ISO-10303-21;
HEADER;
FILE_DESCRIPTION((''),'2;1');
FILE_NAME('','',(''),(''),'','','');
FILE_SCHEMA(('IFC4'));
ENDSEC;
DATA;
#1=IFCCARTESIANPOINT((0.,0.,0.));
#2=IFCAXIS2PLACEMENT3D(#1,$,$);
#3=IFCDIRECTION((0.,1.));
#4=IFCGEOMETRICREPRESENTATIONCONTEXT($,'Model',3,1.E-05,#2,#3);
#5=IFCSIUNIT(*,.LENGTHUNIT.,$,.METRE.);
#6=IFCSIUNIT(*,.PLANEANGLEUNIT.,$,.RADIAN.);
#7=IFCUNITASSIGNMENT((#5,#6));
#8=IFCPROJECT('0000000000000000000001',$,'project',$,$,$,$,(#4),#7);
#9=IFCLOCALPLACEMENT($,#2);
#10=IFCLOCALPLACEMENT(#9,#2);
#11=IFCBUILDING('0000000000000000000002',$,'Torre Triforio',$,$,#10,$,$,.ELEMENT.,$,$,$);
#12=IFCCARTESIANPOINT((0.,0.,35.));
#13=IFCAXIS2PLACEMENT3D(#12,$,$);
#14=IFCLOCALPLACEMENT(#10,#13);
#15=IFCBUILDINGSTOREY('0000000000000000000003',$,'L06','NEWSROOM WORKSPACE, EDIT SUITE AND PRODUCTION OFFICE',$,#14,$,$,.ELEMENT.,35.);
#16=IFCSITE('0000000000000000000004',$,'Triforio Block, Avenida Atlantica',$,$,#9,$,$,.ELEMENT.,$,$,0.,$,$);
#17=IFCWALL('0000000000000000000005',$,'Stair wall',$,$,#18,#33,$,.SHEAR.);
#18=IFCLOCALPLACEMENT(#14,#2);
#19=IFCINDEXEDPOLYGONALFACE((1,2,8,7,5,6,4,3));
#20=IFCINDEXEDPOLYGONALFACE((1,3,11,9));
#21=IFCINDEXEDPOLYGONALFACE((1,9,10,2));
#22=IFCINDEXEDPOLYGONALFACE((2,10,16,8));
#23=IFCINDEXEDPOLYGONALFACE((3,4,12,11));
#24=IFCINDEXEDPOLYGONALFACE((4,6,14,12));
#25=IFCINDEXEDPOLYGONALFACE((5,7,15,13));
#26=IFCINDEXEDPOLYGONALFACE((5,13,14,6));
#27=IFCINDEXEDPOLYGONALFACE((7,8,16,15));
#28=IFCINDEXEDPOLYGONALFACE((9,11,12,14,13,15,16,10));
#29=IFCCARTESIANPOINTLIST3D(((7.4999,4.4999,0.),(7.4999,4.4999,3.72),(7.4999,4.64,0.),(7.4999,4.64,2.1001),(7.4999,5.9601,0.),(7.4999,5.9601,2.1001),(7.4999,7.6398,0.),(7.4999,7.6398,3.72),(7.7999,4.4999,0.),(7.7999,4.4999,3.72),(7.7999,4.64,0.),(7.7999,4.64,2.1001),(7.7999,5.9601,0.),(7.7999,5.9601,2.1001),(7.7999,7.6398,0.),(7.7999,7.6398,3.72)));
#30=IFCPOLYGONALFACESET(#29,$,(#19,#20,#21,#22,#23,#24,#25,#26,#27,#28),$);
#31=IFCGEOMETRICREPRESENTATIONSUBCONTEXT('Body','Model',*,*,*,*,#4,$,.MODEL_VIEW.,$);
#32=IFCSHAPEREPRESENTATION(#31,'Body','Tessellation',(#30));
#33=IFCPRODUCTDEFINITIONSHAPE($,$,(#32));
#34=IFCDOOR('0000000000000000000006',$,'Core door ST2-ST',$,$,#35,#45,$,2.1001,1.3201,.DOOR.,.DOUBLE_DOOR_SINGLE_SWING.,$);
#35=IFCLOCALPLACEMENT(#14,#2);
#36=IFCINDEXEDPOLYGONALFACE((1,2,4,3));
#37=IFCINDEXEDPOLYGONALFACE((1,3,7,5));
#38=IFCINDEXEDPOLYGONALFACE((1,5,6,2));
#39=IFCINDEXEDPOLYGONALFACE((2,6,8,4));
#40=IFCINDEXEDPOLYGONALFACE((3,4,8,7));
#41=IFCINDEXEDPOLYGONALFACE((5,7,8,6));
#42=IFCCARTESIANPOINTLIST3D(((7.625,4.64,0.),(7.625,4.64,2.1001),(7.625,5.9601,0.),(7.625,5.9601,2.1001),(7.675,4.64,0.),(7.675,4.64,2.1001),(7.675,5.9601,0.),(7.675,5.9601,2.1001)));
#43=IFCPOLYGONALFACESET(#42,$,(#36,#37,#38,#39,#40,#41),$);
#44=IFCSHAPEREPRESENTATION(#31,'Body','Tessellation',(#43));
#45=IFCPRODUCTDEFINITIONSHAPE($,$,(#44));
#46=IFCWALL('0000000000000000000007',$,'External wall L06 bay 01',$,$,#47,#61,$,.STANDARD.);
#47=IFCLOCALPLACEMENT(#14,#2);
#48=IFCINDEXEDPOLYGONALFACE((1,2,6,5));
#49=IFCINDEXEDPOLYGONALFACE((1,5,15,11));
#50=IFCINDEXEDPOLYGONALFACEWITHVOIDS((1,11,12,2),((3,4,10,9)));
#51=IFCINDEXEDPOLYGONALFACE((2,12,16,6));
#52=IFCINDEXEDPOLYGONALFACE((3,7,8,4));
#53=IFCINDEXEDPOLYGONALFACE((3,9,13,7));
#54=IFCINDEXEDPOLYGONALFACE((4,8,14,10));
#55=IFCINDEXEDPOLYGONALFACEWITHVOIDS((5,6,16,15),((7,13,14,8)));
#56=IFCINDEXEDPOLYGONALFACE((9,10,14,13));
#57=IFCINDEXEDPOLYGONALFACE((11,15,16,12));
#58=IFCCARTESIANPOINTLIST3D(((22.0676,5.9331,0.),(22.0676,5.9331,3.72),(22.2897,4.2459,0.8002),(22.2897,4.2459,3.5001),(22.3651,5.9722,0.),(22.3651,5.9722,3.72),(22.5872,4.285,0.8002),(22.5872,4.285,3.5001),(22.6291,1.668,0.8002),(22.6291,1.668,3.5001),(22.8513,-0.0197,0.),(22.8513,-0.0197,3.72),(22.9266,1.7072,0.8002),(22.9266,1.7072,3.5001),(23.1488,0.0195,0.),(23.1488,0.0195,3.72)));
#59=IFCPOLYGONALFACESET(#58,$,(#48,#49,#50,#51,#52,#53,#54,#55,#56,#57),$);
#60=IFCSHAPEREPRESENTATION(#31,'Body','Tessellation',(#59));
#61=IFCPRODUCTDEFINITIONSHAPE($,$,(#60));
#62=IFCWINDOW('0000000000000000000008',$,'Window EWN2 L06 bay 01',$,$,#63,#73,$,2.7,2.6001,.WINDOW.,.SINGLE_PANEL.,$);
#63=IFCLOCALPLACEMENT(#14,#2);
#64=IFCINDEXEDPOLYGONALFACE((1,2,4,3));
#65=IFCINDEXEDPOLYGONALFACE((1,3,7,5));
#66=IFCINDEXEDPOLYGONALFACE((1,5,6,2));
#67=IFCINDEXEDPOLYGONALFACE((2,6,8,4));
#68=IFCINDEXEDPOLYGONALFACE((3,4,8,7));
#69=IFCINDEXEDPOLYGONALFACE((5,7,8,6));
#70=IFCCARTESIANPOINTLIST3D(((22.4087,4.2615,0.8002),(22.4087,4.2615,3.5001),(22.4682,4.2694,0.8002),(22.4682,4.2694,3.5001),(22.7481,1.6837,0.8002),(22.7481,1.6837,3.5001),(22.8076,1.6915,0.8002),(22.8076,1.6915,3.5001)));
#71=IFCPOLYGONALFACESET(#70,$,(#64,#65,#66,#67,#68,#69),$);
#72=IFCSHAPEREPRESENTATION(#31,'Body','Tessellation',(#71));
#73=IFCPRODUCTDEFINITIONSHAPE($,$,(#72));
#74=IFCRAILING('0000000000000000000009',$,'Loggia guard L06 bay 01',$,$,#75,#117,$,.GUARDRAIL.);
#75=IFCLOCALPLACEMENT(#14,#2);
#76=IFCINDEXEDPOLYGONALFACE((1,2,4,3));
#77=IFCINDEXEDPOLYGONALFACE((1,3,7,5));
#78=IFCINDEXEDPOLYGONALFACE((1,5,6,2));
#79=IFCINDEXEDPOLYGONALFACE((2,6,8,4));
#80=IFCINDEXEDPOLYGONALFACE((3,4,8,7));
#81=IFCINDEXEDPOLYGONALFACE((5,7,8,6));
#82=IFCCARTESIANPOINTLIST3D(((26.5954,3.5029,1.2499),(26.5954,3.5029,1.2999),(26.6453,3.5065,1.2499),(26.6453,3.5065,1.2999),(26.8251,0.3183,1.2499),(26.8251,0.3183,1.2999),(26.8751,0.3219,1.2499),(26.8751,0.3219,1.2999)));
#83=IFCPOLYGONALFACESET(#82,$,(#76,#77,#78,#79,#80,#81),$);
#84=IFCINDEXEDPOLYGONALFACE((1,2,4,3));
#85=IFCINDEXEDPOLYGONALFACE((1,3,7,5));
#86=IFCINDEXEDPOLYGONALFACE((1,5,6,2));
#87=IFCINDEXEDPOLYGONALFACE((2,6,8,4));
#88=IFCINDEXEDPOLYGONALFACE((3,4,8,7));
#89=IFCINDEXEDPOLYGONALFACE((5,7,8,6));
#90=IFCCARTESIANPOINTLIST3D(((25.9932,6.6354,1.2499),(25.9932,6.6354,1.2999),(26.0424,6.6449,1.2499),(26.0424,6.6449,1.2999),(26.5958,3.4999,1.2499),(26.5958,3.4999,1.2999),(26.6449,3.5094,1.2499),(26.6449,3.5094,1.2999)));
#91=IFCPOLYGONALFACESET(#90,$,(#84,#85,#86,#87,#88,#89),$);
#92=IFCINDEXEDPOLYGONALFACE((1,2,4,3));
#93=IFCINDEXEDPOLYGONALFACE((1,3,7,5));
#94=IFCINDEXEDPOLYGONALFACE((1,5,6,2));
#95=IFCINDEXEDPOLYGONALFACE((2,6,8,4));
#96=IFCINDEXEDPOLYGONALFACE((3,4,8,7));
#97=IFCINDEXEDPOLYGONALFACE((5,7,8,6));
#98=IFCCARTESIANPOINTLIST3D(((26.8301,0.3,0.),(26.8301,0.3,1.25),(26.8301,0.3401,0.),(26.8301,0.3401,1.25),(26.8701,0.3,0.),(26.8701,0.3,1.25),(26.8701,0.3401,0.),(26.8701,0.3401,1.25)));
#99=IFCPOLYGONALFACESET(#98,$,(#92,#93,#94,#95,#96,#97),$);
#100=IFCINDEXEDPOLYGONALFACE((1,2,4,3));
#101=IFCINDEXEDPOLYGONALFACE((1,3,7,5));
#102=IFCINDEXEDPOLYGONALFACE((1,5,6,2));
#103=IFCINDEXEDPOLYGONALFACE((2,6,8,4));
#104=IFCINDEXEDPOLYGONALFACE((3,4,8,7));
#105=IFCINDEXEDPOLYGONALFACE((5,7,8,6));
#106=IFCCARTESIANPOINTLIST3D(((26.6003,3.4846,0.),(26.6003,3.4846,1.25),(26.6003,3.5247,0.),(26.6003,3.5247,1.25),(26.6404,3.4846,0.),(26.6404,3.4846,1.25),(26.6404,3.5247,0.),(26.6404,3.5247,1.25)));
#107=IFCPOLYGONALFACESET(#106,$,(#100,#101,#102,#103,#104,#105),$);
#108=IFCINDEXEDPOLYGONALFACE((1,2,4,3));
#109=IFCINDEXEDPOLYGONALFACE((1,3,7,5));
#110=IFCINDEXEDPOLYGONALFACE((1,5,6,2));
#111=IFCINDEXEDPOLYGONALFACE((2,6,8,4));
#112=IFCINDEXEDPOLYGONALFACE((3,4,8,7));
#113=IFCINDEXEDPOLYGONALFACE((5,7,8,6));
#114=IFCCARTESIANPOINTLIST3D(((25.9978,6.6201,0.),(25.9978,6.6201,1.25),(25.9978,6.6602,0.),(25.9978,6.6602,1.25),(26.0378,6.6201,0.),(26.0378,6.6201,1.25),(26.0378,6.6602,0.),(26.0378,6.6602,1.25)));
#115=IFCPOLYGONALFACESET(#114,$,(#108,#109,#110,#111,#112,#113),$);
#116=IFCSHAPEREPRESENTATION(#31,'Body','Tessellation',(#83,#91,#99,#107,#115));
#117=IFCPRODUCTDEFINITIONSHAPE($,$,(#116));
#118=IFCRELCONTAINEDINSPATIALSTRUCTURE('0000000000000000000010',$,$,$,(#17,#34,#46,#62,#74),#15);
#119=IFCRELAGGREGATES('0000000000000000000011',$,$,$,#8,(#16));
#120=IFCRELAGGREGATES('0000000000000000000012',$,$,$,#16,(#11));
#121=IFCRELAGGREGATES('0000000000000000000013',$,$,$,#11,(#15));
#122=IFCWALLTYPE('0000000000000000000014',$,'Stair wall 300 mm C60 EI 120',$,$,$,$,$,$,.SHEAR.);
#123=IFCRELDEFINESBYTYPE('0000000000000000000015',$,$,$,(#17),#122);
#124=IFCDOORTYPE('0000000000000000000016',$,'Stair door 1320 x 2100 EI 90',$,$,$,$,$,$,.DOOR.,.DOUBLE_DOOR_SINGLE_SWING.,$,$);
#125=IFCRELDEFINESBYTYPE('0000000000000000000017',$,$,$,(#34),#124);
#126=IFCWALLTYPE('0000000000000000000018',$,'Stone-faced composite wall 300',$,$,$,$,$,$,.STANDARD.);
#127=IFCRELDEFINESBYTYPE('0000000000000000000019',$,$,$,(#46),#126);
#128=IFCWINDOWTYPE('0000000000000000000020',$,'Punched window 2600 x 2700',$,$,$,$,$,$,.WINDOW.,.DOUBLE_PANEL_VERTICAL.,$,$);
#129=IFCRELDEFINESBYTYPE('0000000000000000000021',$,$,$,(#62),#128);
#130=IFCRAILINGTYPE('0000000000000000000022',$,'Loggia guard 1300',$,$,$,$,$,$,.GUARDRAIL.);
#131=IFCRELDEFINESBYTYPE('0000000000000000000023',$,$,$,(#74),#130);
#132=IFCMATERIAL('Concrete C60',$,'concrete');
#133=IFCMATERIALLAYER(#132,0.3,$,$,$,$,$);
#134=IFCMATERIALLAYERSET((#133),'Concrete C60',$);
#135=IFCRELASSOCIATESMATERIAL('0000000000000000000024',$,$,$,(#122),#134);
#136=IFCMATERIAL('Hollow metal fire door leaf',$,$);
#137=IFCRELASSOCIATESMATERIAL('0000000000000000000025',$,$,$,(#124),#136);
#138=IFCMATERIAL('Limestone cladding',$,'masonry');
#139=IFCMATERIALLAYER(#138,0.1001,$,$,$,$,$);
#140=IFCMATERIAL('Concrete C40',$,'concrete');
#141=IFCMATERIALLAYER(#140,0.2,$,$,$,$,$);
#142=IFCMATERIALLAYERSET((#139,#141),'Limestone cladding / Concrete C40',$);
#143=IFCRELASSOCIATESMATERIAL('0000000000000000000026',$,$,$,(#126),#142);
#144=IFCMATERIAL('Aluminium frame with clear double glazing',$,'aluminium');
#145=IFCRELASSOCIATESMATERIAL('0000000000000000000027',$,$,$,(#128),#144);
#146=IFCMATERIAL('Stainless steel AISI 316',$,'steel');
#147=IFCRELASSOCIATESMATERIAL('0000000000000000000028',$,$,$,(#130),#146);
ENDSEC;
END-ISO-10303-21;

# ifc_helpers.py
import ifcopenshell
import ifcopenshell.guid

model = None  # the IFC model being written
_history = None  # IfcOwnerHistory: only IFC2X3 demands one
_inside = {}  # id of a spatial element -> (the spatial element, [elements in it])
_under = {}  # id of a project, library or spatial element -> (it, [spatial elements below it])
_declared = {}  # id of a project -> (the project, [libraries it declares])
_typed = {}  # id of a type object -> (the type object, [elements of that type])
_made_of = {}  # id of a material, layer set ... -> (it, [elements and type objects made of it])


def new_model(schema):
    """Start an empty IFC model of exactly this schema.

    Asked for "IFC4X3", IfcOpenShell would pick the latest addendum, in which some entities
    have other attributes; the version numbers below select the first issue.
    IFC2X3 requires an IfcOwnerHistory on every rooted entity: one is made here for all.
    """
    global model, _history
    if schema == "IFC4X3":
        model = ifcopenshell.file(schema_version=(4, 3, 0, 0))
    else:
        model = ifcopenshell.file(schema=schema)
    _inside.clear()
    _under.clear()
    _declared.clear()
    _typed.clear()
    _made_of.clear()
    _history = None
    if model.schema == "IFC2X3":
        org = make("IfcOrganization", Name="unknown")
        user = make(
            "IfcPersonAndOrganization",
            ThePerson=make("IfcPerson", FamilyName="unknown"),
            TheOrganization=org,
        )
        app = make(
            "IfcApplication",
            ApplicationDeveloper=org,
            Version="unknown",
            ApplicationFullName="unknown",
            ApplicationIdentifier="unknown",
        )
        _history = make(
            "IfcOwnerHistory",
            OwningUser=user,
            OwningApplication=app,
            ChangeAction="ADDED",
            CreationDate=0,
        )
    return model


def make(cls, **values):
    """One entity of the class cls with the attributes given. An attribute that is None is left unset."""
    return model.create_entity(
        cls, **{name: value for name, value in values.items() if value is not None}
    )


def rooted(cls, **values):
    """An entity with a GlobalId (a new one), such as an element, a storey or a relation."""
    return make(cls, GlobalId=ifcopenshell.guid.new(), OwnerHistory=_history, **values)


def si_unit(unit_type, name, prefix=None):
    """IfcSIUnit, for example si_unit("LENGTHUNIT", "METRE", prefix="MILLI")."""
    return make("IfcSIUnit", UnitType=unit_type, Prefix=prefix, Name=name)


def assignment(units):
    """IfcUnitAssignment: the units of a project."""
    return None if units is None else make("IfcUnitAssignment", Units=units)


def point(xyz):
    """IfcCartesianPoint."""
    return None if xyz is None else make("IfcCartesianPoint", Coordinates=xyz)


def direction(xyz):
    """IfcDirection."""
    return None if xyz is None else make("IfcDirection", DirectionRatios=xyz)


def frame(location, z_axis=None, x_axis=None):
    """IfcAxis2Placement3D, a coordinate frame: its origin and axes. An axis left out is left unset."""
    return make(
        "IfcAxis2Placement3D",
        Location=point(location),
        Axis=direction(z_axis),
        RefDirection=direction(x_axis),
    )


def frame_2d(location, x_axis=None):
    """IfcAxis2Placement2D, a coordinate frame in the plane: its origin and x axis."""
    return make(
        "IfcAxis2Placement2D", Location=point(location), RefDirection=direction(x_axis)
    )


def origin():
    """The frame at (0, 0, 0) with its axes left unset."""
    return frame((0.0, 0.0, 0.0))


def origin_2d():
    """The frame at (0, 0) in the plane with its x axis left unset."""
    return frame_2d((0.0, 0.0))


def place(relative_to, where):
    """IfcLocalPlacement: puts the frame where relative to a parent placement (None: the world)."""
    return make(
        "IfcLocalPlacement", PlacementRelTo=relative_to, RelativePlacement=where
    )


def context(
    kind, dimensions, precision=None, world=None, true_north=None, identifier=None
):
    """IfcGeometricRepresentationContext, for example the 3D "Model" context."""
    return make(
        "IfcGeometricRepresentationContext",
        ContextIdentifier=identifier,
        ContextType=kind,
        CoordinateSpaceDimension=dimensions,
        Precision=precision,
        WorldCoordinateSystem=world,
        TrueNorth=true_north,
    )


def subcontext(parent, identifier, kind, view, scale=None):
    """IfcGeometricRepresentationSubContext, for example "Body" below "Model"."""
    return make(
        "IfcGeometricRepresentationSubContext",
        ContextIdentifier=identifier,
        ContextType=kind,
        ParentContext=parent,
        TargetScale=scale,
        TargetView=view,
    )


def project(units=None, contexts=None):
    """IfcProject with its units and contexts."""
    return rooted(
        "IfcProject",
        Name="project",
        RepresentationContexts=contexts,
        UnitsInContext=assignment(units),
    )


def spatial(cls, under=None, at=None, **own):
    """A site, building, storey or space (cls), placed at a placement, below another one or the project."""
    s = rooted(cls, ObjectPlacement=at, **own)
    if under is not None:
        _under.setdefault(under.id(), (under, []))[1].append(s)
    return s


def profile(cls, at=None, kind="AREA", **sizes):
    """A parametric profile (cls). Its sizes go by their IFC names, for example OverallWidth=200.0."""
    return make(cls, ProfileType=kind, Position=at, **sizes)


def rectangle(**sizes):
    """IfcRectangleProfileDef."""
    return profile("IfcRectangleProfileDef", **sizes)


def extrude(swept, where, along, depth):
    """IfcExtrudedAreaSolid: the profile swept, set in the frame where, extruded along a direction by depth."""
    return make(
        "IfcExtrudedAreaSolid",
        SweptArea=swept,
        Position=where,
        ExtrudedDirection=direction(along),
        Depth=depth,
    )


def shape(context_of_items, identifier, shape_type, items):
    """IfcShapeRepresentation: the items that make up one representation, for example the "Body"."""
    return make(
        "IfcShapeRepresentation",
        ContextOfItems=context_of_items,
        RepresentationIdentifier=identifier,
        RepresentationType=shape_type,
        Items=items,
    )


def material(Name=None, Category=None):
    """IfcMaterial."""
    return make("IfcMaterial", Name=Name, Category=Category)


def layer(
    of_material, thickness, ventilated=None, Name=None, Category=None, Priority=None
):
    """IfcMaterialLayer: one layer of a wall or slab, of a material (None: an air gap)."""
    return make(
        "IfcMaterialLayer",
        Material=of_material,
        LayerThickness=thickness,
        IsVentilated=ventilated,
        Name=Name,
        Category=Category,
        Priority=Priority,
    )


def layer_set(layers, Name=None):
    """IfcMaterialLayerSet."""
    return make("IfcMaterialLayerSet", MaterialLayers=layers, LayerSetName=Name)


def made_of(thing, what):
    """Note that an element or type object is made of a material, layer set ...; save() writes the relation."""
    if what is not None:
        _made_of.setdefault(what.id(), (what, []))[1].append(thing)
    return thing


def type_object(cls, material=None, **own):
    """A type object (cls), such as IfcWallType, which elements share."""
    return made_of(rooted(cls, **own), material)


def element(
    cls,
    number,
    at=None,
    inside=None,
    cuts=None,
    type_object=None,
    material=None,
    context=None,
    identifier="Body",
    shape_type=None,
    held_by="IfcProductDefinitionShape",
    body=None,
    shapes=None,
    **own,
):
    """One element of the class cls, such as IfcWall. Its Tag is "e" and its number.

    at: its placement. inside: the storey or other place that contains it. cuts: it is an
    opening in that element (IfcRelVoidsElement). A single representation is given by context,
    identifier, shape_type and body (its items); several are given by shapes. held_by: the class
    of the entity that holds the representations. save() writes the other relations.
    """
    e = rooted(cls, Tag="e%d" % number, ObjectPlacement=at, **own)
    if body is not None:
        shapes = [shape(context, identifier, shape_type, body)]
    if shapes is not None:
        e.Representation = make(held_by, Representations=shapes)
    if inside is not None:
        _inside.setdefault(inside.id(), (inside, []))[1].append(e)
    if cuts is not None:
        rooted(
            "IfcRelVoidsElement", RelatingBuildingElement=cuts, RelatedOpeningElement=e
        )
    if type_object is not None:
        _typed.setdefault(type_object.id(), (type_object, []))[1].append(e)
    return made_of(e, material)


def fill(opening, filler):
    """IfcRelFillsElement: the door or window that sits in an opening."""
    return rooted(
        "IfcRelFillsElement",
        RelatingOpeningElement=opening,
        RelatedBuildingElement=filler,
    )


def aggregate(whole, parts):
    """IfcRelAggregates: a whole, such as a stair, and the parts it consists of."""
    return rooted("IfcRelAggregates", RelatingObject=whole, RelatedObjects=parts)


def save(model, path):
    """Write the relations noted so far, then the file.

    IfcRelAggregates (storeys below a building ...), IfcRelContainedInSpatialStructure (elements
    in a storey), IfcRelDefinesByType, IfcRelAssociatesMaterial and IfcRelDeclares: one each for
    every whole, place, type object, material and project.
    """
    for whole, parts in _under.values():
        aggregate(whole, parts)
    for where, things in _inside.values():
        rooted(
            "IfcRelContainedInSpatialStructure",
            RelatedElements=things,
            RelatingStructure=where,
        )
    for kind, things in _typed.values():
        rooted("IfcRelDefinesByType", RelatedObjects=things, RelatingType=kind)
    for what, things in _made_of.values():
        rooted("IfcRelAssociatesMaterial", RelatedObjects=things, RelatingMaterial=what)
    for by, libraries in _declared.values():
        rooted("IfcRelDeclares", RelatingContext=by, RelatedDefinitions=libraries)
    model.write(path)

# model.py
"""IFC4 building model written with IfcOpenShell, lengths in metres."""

from ifc_helpers import new_model, si_unit, direction, frame, frame_2d, origin, origin_2d, place, context, subcontext, project, spatial, rectangle, extrude, material, layer, layer_set, type_object, element, fill, save


model = new_model("IFC4")

# Units and contexts
model_context = context("Model", 3, precision=1e-05, world=origin(), true_north=direction((0.0, 1.0)))
body_context = subcontext(model_context, "Body", "Model", "MODEL_VIEW")
ifc_project = project(units=[si_unit("LENGTHUNIT", "METRE"), si_unit("PLANEANGLEUNIT", "RADIAN")], contexts=[model_context])

# Site, building, storey
site_placement = place(None, origin())
site = spatial("IfcSite", under=ifc_project, at=site_placement, Name="Triforio Block, Avenida Atlantica", CompositionType="ELEMENT", RefElevation=0.0)
building_placement = place(site_placement, origin())
building = spatial("IfcBuilding", under=site, at=building_placement, Name="Torre Triforio", CompositionType="ELEMENT")
storey_placement = place(building_placement, frame((0.0, 0.0, 35.0)))
storey = spatial("IfcBuildingStorey", under=building, at=storey_placement, Name="L06", Description="NEWSROOM WORKSPACE, EDIT SUITE AND PRODUCTION OFFICE", CompositionType="ELEMENT", Elevation=35.0)

# Shared definitions
ifc_material_1 = material(Name="Limestone cladding", Category="masonry")
ifc_material_2 = material(Name="Concrete C40", Category="concrete")

# Wall, opening, door
ifc_material_3 = material(Name="Concrete C60", Category="concrete")
ifc_layer_1 = layer(ifc_material_3, 0.3)
ifc_layer_set_1 = layer_set([ifc_layer_1], Name="Concrete C60")
wall_type_1 = type_object("IfcWallType", Name="Stair wall 300 mm C60 EI 120", PredefinedType="SHEAR", material=ifc_layer_set_1)
wall_1_placement = place(storey_placement, frame((7.6499, 4.5, 0.0), z_axis=(0.0, 0.0, 1.0), x_axis=(0.0, 1.0, 0.0)))
wall_1 = element("IfcWall", 1, at=wall_1_placement, inside=storey, type_object=wall_type_1, Name="Stair wall", PredefinedType="SHEAR", context=body_context, shape_type="SweptSolid", body=[
    extrude(rectangle(XDim=3.1399, YDim=0.3, at=frame_2d((1.5698, 0.0))), origin(), (0.0, 0.0, 1.0), 3.72),
])
opening_1_placement = place(wall_1_placement, frame((0.1399, 0.0, 0.0)))
opening_1 = element("IfcOpeningElement", 2, at=opening_1_placement, cuts=wall_1, PredefinedType="OPENING", context=body_context, shape_type="SweptSolid", body=[
    extrude(rectangle(XDim=1.3201, YDim=2.1001, at=frame_2d((0.6602, 1.05))), frame((0.0, 0.1599, 0.0), z_axis=(0.0, -1.0, 0.0), x_axis=(1.0, 0.0, 0.0)), (0.0, 0.0, 1.0), 0.3201),
])
ifc_material_4 = material(Name="Hollow metal fire door leaf")
door_type_1 = type_object("IfcDoorType", Name="Stair door 1320 x 2100 EI 90", OperationType="DOUBLE_DOOR_SINGLE_SWING", PredefinedType="DOOR", material=ifc_material_4)
door_1_placement = place(opening_1_placement, origin())
door_1 = element("IfcDoor", 3, at=door_1_placement, inside=storey, type_object=door_type_1, Name="Core door ST2-ST", OperationType="DOUBLE_DOOR_SINGLE_SWING", OverallHeight=2.1001, OverallWidth=1.3201, PredefinedType="DOOR", context=body_context, shape_type="SweptSolid", body=[
    extrude(rectangle(XDim=1.3201, YDim=2.1001, at=frame_2d((0.6602, 1.05))), frame((0.0, 0.0249, 0.0), z_axis=(0.0, -1.0, 0.0), x_axis=(1.0, 0.0, 0.0)), (0.0, 0.0, 1.0), 0.05),
])
fill(opening_1, door_1)

# Wall, opening, window
ifc_layer_2 = layer(ifc_material_1, 0.1001)
ifc_layer_3 = layer(ifc_material_2, 0.2)
ifc_layer_set_2 = layer_set([ifc_layer_2, ifc_layer_3], Name="Limestone cladding / Concrete C40")
wall_type_2 = type_object("IfcWallType", Name="Stone-faced composite wall 300", PredefinedType="STANDARD", material=ifc_layer_set_2)
wall_2_placement = place(storey_placement, frame((23.0, 0.0, 0.0), z_axis=(0.0, 0.0, 1.0), x_axis=(-0.130523, 0.991445, 0.0)))
wall_2 = element("IfcWall", 4, at=wall_2_placement, inside=storey, type_object=wall_type_2, Name="External wall L06 bay 01", PredefinedType="STANDARD", context=body_context, shape_type="SweptSolid", body=[
    extrude(rectangle(XDim=6.0042, YDim=0.3, at=frame_2d((3.002, 0.0))), origin(), (0.0, 0.0, 1.0), 3.72),
])
opening_2_placement = place(wall_2_placement, frame((1.7021, 0.0, 0.8)))
opening_2 = element("IfcOpeningElement", 5, at=opening_2_placement, cuts=wall_2, PredefinedType="OPENING", context=body_context, shape_type="SweptSolid", body=[
    extrude(rectangle(XDim=2.6001, YDim=2.7, at=frame_2d((1.3, 1.3501))), frame((0.0, 0.1599, 0.0), z_axis=(0.0, -1.0, 0.0), x_axis=(1.0, 0.0, 0.0)), (0.0, 0.0, 1.0), 0.3201),
])
ifc_material_5 = material(Name="Aluminium frame with clear double glazing", Category="aluminium")
window_type_1 = type_object("IfcWindowType", Name="Punched window 2600 x 2700", PartitioningType="DOUBLE_PANEL_VERTICAL", PredefinedType="WINDOW", material=ifc_material_5)
window_1_placement = place(opening_2_placement, origin())
window_1 = element("IfcWindow", 6, at=window_1_placement, inside=storey, type_object=window_type_1, Name="Window EWN2 L06 bay 01", OverallHeight=2.7, OverallWidth=2.6001, PartitioningType="SINGLE_PANEL", PredefinedType="WINDOW", context=body_context, shape_type="SweptSolid", body=[
    extrude(rectangle(XDim=2.6001, YDim=2.7, at=frame_2d((1.3, 1.3501))), frame((0.0, 0.03, 0.0), z_axis=(0.0, -1.0, 0.0), x_axis=(1.0, 0.0, 0.0)), (0.0, 0.0, 1.0), 0.0601),
])
fill(opening_2, window_1)

# Railing
ifc_material_6 = material(Name="Stainless steel AISI 316", Category="steel")
railing_type = type_object("IfcRailingType", Name="Loggia guard 1300", PredefinedType="GUARDRAIL", material=ifc_material_6)
railing_placement = place(storey_placement, frame((26.8501, 0.3201, 0.0)))
element("IfcRailing", 7, at=railing_placement, inside=storey, type_object=railing_type, Name="Loggia guard L06 bay 01", PredefinedType="GUARDRAIL", context=body_context, shape_type="SweptSolid", body=[
    extrude(rectangle(XDim=0.05, YDim=0.05, at=origin_2d()), frame((0.0, 0.0, 1.2749), z_axis=(-0.071953, 0.997408, 0.0), x_axis=(-0.997408, -0.071953, 0.0)), (0.0, 0.0, 1.0), 3.1929),
    extrude(rectangle(XDim=0.05, YDim=0.05, at=origin_2d()), frame((-0.2297, 3.1846, 1.2749), z_axis=(-0.188714, 0.982032, 0.0), x_axis=(-0.982032, -0.188714, 0.0)), (0.0, 0.0, 1.0), 3.1929),
    extrude(rectangle(XDim=0.04, YDim=0.04, at=origin_2d()), origin(), (0.0, 0.0, 1.0), 1.25),
    extrude(rectangle(XDim=0.04, YDim=0.04, at=origin_2d()), frame((-0.2297, 3.1846, 0.0)), (0.0, 0.0, 1.0), 1.25),
    extrude(rectangle(XDim=0.04, YDim=0.04, at=origin_2d()), frame((-0.8323, 6.3201, 0.0)), (0.0, 0.0, 1.0), 1.25),
])

save(model, "model.ifc")
